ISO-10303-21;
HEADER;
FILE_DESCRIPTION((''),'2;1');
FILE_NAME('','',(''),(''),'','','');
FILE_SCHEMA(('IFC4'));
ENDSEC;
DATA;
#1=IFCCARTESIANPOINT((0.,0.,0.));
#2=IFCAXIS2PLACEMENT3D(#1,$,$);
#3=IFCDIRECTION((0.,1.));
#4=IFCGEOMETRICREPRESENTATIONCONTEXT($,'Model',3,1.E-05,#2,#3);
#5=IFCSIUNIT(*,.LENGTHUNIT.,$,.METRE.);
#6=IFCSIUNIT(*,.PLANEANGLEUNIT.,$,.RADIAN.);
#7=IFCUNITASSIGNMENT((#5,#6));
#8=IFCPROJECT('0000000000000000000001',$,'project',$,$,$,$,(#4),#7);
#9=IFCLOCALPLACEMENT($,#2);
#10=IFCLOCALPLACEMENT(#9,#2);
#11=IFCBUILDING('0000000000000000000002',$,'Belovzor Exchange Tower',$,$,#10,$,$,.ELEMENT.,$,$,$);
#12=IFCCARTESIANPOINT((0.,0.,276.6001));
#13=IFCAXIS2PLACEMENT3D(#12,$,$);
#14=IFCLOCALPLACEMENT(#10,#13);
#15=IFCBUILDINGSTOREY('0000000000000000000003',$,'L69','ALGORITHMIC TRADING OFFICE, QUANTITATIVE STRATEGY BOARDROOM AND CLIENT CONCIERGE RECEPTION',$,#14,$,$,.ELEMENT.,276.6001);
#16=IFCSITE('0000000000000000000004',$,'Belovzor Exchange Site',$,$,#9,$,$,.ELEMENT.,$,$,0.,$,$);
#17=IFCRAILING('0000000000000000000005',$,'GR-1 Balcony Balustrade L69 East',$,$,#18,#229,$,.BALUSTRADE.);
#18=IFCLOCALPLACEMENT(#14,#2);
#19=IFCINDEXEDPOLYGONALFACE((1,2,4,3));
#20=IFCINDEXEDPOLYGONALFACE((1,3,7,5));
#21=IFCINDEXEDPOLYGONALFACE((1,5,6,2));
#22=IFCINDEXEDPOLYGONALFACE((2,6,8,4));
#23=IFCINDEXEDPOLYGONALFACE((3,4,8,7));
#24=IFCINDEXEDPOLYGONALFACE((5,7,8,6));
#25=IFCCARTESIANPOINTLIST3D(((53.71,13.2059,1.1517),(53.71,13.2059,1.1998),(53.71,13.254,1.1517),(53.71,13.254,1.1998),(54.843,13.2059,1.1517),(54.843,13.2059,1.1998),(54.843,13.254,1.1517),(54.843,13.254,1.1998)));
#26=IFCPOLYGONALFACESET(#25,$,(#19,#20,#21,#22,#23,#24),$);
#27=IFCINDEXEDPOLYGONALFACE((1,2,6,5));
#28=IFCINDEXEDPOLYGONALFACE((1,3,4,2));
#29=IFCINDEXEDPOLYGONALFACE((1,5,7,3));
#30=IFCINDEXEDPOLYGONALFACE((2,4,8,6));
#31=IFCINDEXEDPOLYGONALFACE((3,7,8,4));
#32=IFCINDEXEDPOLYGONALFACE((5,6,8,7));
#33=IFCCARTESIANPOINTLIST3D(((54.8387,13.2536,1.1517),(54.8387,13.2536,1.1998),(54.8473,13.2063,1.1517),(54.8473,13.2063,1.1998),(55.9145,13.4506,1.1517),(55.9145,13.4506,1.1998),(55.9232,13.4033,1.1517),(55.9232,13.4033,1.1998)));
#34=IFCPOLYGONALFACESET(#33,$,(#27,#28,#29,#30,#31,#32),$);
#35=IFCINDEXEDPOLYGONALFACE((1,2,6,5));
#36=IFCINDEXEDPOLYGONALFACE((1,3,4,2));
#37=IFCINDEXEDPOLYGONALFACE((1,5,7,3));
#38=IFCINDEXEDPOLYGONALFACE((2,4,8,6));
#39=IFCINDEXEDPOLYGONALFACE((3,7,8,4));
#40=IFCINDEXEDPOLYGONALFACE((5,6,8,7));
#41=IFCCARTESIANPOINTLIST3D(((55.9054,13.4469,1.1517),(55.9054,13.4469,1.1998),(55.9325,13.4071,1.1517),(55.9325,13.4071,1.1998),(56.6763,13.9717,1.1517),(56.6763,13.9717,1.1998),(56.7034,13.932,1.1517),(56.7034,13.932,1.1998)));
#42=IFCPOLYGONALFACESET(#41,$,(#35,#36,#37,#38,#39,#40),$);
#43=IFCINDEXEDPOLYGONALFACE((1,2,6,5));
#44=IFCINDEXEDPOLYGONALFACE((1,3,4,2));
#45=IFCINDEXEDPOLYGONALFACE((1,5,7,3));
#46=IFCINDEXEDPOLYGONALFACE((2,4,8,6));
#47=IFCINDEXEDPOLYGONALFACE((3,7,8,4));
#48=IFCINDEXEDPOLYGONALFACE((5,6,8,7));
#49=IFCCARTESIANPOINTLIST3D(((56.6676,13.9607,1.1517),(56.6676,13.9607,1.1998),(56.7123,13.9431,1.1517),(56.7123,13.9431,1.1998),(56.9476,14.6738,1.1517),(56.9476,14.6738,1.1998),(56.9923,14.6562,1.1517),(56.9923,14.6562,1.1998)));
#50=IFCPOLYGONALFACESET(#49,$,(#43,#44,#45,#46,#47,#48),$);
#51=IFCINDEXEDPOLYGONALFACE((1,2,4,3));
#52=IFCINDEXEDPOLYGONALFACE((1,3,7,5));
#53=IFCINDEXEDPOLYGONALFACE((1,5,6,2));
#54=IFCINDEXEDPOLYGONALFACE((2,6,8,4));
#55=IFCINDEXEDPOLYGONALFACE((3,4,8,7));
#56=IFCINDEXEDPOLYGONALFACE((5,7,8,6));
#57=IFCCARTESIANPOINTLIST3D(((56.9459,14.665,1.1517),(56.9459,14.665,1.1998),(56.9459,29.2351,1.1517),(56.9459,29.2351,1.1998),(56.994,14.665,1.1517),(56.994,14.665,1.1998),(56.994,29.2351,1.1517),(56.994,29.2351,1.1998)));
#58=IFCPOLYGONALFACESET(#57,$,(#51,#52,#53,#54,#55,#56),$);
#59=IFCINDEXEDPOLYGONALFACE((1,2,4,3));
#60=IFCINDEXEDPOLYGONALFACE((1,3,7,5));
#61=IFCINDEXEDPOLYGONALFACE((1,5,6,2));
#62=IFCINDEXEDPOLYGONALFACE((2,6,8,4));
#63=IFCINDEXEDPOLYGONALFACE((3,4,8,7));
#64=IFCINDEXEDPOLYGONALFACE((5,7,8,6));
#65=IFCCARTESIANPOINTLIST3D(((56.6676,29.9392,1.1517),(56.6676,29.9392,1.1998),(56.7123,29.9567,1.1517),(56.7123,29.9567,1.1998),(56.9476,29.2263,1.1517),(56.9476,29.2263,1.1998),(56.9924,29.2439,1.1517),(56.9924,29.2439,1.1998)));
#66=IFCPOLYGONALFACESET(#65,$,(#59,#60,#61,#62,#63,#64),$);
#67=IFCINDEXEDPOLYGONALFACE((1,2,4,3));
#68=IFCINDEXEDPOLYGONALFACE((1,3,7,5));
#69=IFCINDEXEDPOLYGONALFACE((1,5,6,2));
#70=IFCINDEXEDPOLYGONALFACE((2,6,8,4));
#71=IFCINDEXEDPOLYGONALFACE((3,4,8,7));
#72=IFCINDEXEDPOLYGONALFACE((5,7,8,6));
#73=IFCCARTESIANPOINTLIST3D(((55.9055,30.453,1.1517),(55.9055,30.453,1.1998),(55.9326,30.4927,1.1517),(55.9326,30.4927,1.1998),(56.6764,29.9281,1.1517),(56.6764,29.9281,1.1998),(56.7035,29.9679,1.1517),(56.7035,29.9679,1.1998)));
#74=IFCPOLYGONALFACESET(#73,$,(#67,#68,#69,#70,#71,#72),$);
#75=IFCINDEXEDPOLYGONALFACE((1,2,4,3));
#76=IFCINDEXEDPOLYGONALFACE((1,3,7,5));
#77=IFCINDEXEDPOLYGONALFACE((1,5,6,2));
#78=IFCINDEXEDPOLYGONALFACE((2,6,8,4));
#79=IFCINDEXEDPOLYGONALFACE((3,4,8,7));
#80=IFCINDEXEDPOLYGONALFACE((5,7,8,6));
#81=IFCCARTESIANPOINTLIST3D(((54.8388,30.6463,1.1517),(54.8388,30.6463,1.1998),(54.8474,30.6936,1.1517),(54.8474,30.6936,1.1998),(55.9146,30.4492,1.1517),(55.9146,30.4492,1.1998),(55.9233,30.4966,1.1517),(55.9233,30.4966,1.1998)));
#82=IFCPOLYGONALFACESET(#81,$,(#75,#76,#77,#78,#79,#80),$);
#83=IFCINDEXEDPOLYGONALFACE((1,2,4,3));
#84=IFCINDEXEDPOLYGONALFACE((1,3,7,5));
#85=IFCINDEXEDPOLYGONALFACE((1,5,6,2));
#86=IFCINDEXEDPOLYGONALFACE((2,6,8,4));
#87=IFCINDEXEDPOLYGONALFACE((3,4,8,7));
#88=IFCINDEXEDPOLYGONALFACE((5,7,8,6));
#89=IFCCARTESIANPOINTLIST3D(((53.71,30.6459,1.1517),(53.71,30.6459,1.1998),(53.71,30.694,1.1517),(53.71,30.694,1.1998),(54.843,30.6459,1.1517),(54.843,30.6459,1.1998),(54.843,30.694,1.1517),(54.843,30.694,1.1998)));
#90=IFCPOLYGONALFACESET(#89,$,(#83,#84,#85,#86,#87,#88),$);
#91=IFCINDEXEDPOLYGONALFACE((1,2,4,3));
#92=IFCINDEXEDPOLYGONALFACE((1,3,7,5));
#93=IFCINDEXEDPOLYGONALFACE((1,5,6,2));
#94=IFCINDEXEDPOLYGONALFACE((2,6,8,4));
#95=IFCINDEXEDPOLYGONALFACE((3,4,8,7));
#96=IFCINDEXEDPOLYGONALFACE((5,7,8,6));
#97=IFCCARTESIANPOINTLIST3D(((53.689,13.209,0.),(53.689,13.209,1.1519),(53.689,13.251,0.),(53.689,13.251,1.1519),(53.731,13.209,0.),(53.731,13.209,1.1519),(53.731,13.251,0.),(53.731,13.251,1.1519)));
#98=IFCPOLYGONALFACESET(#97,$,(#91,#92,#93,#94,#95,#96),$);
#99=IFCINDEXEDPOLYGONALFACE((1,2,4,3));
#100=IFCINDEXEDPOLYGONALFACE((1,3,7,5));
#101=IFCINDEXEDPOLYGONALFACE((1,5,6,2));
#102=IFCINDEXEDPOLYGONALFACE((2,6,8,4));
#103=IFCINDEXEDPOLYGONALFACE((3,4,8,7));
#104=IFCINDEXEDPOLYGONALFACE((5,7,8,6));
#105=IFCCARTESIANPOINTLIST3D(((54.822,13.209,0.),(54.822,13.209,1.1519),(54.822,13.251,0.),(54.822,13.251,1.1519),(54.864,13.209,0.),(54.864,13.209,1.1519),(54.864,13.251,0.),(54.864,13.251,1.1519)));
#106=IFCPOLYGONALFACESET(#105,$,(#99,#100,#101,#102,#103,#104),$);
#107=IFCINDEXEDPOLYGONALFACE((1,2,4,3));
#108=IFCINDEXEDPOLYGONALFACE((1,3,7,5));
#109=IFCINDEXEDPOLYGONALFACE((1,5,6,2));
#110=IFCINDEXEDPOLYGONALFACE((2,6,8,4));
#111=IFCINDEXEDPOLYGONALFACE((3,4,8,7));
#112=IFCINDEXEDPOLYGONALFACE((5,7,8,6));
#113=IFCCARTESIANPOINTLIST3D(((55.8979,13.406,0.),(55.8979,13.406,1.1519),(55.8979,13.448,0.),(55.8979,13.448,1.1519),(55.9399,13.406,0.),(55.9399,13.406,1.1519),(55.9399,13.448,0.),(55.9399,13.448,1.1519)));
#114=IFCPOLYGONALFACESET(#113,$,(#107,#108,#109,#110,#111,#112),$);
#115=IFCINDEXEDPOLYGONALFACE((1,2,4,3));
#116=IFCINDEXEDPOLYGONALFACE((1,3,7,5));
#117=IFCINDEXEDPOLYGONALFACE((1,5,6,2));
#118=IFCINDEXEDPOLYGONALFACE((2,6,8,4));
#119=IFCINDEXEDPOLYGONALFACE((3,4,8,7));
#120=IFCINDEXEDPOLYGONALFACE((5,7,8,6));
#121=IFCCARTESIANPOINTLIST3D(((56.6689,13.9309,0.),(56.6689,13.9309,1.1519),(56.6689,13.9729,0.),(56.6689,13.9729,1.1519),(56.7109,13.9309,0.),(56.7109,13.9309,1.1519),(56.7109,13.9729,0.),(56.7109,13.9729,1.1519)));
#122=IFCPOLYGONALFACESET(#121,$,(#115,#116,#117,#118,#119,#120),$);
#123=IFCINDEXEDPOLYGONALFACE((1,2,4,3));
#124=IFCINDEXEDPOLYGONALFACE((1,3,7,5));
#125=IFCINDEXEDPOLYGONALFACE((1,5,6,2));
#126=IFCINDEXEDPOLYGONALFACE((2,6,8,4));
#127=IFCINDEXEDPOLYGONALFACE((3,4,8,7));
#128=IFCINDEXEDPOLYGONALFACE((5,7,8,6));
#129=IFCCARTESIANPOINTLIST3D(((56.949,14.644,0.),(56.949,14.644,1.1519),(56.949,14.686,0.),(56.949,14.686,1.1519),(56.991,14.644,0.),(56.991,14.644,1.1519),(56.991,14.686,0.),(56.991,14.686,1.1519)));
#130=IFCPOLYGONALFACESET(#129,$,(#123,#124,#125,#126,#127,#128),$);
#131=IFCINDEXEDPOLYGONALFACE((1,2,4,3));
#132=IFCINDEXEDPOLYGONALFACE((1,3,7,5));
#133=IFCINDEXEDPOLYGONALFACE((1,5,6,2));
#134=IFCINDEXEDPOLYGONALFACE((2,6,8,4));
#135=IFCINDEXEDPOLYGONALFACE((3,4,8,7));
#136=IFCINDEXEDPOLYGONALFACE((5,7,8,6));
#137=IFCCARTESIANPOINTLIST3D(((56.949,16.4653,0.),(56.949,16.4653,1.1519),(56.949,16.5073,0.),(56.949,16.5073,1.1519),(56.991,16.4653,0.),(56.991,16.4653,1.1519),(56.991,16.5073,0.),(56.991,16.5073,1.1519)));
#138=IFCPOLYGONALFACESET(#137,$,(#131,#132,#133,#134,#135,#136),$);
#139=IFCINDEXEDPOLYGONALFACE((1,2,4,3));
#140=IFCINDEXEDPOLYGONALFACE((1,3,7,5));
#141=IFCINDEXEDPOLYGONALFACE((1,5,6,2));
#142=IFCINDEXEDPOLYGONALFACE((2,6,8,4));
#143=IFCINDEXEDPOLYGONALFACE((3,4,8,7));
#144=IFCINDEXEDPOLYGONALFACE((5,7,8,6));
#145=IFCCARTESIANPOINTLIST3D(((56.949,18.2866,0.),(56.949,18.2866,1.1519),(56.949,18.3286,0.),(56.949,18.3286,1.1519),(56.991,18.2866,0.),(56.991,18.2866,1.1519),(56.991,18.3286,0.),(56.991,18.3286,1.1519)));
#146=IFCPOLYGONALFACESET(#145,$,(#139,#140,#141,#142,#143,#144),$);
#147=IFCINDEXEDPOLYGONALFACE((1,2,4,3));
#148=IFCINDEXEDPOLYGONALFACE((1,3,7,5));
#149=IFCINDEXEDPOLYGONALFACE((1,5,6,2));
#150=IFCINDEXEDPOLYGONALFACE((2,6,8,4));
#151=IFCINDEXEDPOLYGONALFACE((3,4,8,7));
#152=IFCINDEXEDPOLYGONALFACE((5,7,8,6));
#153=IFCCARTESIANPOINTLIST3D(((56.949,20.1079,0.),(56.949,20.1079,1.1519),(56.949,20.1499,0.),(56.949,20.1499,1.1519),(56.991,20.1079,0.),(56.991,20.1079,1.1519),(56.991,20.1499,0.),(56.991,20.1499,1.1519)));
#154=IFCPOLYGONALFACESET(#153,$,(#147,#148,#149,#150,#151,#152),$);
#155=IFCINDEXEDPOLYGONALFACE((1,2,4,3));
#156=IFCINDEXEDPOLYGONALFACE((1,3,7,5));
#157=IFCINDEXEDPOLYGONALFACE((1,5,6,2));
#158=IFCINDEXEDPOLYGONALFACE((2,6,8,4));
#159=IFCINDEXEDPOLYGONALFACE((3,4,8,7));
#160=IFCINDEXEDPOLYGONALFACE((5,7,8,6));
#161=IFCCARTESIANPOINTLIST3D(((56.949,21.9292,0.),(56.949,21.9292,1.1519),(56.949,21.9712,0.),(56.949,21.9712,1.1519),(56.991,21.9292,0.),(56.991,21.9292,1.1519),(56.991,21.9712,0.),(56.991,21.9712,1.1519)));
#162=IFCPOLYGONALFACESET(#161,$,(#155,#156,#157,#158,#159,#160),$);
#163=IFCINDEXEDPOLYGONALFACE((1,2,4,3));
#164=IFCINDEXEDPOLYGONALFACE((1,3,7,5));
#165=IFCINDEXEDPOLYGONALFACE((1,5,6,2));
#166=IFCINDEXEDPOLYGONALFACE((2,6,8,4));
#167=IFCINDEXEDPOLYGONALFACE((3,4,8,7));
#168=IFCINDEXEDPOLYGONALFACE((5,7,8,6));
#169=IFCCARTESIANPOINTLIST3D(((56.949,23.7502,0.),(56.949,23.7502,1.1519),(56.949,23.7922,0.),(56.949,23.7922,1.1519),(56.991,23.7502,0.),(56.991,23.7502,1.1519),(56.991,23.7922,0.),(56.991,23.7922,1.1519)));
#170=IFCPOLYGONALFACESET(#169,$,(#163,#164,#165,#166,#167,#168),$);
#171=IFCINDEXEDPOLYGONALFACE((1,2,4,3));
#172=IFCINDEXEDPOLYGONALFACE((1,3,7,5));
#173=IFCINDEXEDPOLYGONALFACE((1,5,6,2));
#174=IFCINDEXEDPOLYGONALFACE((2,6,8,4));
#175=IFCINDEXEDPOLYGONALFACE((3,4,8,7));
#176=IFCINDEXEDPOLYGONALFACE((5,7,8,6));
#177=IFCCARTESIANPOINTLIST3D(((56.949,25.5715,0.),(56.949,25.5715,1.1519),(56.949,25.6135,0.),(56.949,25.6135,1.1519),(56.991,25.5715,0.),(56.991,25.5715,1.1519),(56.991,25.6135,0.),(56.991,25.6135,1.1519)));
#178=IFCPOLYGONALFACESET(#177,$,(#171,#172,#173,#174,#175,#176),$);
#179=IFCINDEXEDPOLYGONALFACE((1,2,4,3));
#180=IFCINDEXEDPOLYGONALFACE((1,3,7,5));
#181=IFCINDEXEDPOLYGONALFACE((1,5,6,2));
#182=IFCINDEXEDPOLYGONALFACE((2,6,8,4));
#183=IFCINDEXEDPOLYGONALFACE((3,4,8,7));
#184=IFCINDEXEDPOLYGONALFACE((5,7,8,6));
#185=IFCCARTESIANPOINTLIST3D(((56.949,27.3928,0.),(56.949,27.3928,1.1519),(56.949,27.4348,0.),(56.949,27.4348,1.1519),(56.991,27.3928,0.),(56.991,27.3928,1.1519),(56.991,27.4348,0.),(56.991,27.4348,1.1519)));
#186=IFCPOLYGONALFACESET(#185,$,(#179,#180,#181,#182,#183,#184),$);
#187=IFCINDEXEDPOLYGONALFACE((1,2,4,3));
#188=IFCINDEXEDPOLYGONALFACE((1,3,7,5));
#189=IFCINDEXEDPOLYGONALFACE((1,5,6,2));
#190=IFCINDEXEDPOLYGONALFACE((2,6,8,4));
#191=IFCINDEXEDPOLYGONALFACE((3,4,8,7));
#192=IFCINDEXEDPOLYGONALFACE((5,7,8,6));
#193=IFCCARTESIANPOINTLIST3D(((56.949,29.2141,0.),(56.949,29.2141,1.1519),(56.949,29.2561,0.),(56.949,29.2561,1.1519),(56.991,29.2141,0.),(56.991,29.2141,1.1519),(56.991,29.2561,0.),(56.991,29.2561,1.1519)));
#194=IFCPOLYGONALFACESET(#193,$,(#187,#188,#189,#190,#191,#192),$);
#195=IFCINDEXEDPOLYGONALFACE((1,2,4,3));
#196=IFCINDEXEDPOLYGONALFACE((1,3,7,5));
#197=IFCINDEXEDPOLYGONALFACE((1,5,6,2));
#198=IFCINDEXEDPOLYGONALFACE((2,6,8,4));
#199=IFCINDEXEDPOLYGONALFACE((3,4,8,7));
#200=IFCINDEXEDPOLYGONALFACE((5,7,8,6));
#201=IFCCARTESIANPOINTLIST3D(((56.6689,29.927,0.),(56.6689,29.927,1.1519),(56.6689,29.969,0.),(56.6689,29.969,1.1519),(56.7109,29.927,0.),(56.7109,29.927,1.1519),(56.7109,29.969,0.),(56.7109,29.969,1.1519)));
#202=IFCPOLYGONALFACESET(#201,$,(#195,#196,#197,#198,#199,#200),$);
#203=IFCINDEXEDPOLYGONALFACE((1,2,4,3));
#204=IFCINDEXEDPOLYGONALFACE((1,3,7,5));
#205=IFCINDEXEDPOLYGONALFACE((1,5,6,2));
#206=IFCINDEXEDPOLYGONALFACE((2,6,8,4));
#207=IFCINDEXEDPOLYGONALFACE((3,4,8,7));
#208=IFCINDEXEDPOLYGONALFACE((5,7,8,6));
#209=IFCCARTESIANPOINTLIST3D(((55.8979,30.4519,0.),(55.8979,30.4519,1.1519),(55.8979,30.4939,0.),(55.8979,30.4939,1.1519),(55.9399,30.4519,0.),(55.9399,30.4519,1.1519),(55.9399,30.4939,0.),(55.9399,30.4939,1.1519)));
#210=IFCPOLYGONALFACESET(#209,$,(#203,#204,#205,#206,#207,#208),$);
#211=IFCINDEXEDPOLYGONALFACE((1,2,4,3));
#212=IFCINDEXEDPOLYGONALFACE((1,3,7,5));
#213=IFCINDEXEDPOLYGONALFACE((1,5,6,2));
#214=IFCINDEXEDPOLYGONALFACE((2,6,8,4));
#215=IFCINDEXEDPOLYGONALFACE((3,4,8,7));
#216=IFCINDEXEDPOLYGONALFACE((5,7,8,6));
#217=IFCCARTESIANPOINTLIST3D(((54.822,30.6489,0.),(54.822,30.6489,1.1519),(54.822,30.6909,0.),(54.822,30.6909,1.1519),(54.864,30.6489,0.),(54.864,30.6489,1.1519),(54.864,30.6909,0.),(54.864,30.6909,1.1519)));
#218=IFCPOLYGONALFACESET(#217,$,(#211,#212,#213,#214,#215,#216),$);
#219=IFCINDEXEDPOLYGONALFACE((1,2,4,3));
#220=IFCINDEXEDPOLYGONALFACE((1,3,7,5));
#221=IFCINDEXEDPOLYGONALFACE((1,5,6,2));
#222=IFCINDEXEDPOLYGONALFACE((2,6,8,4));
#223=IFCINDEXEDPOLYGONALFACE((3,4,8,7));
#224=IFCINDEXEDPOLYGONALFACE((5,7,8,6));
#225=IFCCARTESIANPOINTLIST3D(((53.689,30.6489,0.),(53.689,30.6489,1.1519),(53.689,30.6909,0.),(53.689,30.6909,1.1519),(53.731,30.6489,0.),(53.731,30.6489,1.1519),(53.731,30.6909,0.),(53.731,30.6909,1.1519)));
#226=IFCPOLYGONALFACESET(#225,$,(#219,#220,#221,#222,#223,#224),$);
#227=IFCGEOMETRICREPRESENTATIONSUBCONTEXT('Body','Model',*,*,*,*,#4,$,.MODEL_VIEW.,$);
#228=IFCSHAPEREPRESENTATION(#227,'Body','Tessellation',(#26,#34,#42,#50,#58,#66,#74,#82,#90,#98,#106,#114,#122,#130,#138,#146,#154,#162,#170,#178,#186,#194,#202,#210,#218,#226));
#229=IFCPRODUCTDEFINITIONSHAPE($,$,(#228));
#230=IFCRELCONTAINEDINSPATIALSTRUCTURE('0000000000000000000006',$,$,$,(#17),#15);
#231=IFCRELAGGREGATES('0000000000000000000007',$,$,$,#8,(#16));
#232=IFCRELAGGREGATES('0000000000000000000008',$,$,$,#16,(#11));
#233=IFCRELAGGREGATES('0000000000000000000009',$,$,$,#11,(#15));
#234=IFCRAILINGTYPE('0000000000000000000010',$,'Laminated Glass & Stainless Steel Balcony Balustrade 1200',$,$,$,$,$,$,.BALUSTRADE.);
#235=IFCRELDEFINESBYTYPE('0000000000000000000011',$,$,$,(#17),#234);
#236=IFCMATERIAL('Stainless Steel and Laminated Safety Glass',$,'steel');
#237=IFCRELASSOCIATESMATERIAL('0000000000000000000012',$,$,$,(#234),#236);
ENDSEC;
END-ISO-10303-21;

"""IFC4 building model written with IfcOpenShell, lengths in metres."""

from ifc_helpers import new_model, si_unit, direction, frame, origin, origin_2d, place, context, subcontext, project, spatial, rectangle, extrude, material, type_object, element, save


model = new_model("IFC4")

# Units and contexts
model_context = context("Model", 3, precision=1e-05, world=origin(), true_north=direction((0.0, 1.0)))
body_context = subcontext(model_context, "Body", "Model", "MODEL_VIEW")
ifc_project = project(units=[si_unit("LENGTHUNIT", "METRE"), si_unit("PLANEANGLEUNIT", "RADIAN")], contexts=[model_context])

# Site, building, storey
site_placement = place(None, origin())
site = spatial("IfcSite", under=ifc_project, at=site_placement, Name="Belovzor Exchange Site", CompositionType="ELEMENT", RefElevation=0.0)
building_placement = place(site_placement, origin())
building = spatial("IfcBuilding", under=site, at=building_placement, Name="Belovzor Exchange Tower", CompositionType="ELEMENT")
storey_placement = place(building_placement, frame((0.0, 0.0, 276.6001)))
storey = spatial("IfcBuildingStorey", under=building, at=storey_placement, Name="L69", Description="ALGORITHMIC TRADING OFFICE, QUANTITATIVE STRATEGY BOARDROOM AND CLIENT CONCIERGE RECEPTION", CompositionType="ELEMENT", Elevation=276.6001)

# Railing
ifc_material_1 = material(Name="Stainless Steel and Laminated Safety Glass", Category="steel")
railing_type = type_object("IfcRailingType", Name="Laminated Glass & Stainless Steel Balcony Balustrade 1200", PredefinedType="BALUSTRADE", material=ifc_material_1)
railing_placement = place(storey_placement, frame((53.71, 13.23, 0.0)))
element("IfcRailing", 1, at=railing_placement, inside=storey, type_object=railing_type, Name="GR-1 Balcony Balustrade L69 East", PredefinedType="BALUSTRADE", context=body_context, shape_type="SweptSolid", body=[
    extrude(rectangle(XDim=0.0481, YDim=0.0481, at=origin_2d()), frame((0.0, 0.0, 1.1758), z_axis=(1.0, 0.0, 0.0), x_axis=(0.0, 1.0, 0.0)), (0.0, 0.0, 1.0), 1.1331),
    extrude(rectangle(XDim=0.0481, YDim=0.0481, at=origin_2d()), frame((1.1331, 0.0, 1.1758), z_axis=(0.983644, 0.180123, 0.0), x_axis=(-0.180123, 0.983644, 0.0)), (0.0, 0.0, 1.0), 1.0938),
    extrude(rectangle(XDim=0.0481, YDim=0.0481, at=origin_2d()), frame((2.209, 0.197, 1.1758), z_axis=(0.826615, 0.562768, 0.0), x_axis=(-0.562768, 0.826615, 0.0)), (0.0, 0.0, 1.0), 0.9326),
    extrude(rectangle(XDim=0.0481, YDim=0.0481, at=origin_2d()), frame((2.98, 0.7219, 1.1758), z_axis=(0.365504, 0.93081, 0.0), x_axis=(-0.93081, 0.365504, 0.0)), (0.0, 0.0, 1.0), 0.7661),
    extrude(rectangle(XDim=0.0481, YDim=0.0481, at=origin_2d()), frame((3.26, 1.4351, 1.1758), z_axis=(0.0, 1.0, 0.0), x_axis=(-1.0, 0.0, 0.0)), (0.0, 0.0, 1.0), 14.5701),
    extrude(rectangle(XDim=0.0481, YDim=0.0481, at=origin_2d()), frame((3.26, 16.0051, 1.1758), z_axis=(-0.365613, 0.930767, 0.0), x_axis=(-0.930767, -0.365613, 0.0)), (0.0, 0.0, 1.0), 0.7659),
    extrude(rectangle(XDim=0.0481, YDim=0.0481, at=origin_2d()), frame((2.98, 16.718, 1.1758), z_axis=(-0.826615, 0.562768, 0.0), x_axis=(-0.562768, -0.826615, 0.0)), (0.0, 0.0, 1.0), 0.9326),
    extrude(rectangle(XDim=0.0481, YDim=0.0481, at=origin_2d()), frame((2.209, 17.2429, 1.1758), z_axis=(-0.983644, 0.180123, 0.0), x_axis=(-0.180123, -0.983644, 0.0)), (0.0, 0.0, 1.0), 1.0938),
    extrude(rectangle(XDim=0.0481, YDim=0.0481, at=origin_2d()), frame((1.1331, 17.4399, 1.1758), z_axis=(-1.0, 0.0, 0.0), x_axis=(0.0, -1.0, 0.0)), (0.0, 0.0, 1.0), 1.1331),
    extrude(rectangle(XDim=0.042, YDim=0.042, at=origin_2d()), origin(), (0.0, 0.0, 1.0), 1.1519),
    extrude(rectangle(XDim=0.042, YDim=0.042, at=origin_2d()), frame((1.1331, 0.0, 0.0)), (0.0, 0.0, 1.0), 1.1519),
    extrude(rectangle(XDim=0.042, YDim=0.042, at=origin_2d()), frame((2.209, 0.197, 0.0)), (0.0, 0.0, 1.0), 1.1519),
    extrude(rectangle(XDim=0.042, YDim=0.042, at=origin_2d()), frame((2.98, 0.7219, 0.0)), (0.0, 0.0, 1.0), 1.1519),
    extrude(rectangle(XDim=0.042, YDim=0.042, at=origin_2d()), frame((3.26, 1.4351, 0.0)), (0.0, 0.0, 1.0), 1.1519),
    extrude(rectangle(XDim=0.042, YDim=0.042, at=origin_2d()), frame((3.26, 3.2563, 0.0)), (0.0, 0.0, 1.0), 1.1519),
    extrude(rectangle(XDim=0.042, YDim=0.042, at=origin_2d()), frame((3.26, 5.0776, 0.0)), (0.0, 0.0, 1.0), 1.1519),
    extrude(rectangle(XDim=0.042, YDim=0.042, at=origin_2d()), frame((3.26, 6.8989, 0.0)), (0.0, 0.0, 1.0), 1.1519),
    extrude(rectangle(XDim=0.042, YDim=0.042, at=origin_2d()), frame((3.26, 8.7202, 0.0)), (0.0, 0.0, 1.0), 1.1519),
    extrude(rectangle(XDim=0.042, YDim=0.042, at=origin_2d()), frame((3.26, 10.5413, 0.0)), (0.0, 0.0, 1.0), 1.1519),
    extrude(rectangle(XDim=0.042, YDim=0.042, at=origin_2d()), frame((3.26, 12.3625, 0.0)), (0.0, 0.0, 1.0), 1.1519),
    extrude(rectangle(XDim=0.042, YDim=0.042, at=origin_2d()), frame((3.26, 14.1838, 0.0)), (0.0, 0.0, 1.0), 1.1519),
    extrude(rectangle(XDim=0.042, YDim=0.042, at=origin_2d()), frame((3.26, 16.0051, 0.0)), (0.0, 0.0, 1.0), 1.1519),
    extrude(rectangle(XDim=0.042, YDim=0.042, at=origin_2d()), frame((2.98, 16.718, 0.0)), (0.0, 0.0, 1.0), 1.1519),
    extrude(rectangle(XDim=0.042, YDim=0.042, at=origin_2d()), frame((2.209, 17.2429, 0.0)), (0.0, 0.0, 1.0), 1.1519),
    extrude(rectangle(XDim=0.042, YDim=0.042, at=origin_2d()), frame((1.1331, 17.4399, 0.0)), (0.0, 0.0, 1.0), 1.1519),
    extrude(rectangle(XDim=0.042, YDim=0.042, at=origin_2d()), frame((0.0, 17.4399, 0.0)), (0.0, 0.0, 1.0), 1.1519),
])

save(model, "model.ifc")
